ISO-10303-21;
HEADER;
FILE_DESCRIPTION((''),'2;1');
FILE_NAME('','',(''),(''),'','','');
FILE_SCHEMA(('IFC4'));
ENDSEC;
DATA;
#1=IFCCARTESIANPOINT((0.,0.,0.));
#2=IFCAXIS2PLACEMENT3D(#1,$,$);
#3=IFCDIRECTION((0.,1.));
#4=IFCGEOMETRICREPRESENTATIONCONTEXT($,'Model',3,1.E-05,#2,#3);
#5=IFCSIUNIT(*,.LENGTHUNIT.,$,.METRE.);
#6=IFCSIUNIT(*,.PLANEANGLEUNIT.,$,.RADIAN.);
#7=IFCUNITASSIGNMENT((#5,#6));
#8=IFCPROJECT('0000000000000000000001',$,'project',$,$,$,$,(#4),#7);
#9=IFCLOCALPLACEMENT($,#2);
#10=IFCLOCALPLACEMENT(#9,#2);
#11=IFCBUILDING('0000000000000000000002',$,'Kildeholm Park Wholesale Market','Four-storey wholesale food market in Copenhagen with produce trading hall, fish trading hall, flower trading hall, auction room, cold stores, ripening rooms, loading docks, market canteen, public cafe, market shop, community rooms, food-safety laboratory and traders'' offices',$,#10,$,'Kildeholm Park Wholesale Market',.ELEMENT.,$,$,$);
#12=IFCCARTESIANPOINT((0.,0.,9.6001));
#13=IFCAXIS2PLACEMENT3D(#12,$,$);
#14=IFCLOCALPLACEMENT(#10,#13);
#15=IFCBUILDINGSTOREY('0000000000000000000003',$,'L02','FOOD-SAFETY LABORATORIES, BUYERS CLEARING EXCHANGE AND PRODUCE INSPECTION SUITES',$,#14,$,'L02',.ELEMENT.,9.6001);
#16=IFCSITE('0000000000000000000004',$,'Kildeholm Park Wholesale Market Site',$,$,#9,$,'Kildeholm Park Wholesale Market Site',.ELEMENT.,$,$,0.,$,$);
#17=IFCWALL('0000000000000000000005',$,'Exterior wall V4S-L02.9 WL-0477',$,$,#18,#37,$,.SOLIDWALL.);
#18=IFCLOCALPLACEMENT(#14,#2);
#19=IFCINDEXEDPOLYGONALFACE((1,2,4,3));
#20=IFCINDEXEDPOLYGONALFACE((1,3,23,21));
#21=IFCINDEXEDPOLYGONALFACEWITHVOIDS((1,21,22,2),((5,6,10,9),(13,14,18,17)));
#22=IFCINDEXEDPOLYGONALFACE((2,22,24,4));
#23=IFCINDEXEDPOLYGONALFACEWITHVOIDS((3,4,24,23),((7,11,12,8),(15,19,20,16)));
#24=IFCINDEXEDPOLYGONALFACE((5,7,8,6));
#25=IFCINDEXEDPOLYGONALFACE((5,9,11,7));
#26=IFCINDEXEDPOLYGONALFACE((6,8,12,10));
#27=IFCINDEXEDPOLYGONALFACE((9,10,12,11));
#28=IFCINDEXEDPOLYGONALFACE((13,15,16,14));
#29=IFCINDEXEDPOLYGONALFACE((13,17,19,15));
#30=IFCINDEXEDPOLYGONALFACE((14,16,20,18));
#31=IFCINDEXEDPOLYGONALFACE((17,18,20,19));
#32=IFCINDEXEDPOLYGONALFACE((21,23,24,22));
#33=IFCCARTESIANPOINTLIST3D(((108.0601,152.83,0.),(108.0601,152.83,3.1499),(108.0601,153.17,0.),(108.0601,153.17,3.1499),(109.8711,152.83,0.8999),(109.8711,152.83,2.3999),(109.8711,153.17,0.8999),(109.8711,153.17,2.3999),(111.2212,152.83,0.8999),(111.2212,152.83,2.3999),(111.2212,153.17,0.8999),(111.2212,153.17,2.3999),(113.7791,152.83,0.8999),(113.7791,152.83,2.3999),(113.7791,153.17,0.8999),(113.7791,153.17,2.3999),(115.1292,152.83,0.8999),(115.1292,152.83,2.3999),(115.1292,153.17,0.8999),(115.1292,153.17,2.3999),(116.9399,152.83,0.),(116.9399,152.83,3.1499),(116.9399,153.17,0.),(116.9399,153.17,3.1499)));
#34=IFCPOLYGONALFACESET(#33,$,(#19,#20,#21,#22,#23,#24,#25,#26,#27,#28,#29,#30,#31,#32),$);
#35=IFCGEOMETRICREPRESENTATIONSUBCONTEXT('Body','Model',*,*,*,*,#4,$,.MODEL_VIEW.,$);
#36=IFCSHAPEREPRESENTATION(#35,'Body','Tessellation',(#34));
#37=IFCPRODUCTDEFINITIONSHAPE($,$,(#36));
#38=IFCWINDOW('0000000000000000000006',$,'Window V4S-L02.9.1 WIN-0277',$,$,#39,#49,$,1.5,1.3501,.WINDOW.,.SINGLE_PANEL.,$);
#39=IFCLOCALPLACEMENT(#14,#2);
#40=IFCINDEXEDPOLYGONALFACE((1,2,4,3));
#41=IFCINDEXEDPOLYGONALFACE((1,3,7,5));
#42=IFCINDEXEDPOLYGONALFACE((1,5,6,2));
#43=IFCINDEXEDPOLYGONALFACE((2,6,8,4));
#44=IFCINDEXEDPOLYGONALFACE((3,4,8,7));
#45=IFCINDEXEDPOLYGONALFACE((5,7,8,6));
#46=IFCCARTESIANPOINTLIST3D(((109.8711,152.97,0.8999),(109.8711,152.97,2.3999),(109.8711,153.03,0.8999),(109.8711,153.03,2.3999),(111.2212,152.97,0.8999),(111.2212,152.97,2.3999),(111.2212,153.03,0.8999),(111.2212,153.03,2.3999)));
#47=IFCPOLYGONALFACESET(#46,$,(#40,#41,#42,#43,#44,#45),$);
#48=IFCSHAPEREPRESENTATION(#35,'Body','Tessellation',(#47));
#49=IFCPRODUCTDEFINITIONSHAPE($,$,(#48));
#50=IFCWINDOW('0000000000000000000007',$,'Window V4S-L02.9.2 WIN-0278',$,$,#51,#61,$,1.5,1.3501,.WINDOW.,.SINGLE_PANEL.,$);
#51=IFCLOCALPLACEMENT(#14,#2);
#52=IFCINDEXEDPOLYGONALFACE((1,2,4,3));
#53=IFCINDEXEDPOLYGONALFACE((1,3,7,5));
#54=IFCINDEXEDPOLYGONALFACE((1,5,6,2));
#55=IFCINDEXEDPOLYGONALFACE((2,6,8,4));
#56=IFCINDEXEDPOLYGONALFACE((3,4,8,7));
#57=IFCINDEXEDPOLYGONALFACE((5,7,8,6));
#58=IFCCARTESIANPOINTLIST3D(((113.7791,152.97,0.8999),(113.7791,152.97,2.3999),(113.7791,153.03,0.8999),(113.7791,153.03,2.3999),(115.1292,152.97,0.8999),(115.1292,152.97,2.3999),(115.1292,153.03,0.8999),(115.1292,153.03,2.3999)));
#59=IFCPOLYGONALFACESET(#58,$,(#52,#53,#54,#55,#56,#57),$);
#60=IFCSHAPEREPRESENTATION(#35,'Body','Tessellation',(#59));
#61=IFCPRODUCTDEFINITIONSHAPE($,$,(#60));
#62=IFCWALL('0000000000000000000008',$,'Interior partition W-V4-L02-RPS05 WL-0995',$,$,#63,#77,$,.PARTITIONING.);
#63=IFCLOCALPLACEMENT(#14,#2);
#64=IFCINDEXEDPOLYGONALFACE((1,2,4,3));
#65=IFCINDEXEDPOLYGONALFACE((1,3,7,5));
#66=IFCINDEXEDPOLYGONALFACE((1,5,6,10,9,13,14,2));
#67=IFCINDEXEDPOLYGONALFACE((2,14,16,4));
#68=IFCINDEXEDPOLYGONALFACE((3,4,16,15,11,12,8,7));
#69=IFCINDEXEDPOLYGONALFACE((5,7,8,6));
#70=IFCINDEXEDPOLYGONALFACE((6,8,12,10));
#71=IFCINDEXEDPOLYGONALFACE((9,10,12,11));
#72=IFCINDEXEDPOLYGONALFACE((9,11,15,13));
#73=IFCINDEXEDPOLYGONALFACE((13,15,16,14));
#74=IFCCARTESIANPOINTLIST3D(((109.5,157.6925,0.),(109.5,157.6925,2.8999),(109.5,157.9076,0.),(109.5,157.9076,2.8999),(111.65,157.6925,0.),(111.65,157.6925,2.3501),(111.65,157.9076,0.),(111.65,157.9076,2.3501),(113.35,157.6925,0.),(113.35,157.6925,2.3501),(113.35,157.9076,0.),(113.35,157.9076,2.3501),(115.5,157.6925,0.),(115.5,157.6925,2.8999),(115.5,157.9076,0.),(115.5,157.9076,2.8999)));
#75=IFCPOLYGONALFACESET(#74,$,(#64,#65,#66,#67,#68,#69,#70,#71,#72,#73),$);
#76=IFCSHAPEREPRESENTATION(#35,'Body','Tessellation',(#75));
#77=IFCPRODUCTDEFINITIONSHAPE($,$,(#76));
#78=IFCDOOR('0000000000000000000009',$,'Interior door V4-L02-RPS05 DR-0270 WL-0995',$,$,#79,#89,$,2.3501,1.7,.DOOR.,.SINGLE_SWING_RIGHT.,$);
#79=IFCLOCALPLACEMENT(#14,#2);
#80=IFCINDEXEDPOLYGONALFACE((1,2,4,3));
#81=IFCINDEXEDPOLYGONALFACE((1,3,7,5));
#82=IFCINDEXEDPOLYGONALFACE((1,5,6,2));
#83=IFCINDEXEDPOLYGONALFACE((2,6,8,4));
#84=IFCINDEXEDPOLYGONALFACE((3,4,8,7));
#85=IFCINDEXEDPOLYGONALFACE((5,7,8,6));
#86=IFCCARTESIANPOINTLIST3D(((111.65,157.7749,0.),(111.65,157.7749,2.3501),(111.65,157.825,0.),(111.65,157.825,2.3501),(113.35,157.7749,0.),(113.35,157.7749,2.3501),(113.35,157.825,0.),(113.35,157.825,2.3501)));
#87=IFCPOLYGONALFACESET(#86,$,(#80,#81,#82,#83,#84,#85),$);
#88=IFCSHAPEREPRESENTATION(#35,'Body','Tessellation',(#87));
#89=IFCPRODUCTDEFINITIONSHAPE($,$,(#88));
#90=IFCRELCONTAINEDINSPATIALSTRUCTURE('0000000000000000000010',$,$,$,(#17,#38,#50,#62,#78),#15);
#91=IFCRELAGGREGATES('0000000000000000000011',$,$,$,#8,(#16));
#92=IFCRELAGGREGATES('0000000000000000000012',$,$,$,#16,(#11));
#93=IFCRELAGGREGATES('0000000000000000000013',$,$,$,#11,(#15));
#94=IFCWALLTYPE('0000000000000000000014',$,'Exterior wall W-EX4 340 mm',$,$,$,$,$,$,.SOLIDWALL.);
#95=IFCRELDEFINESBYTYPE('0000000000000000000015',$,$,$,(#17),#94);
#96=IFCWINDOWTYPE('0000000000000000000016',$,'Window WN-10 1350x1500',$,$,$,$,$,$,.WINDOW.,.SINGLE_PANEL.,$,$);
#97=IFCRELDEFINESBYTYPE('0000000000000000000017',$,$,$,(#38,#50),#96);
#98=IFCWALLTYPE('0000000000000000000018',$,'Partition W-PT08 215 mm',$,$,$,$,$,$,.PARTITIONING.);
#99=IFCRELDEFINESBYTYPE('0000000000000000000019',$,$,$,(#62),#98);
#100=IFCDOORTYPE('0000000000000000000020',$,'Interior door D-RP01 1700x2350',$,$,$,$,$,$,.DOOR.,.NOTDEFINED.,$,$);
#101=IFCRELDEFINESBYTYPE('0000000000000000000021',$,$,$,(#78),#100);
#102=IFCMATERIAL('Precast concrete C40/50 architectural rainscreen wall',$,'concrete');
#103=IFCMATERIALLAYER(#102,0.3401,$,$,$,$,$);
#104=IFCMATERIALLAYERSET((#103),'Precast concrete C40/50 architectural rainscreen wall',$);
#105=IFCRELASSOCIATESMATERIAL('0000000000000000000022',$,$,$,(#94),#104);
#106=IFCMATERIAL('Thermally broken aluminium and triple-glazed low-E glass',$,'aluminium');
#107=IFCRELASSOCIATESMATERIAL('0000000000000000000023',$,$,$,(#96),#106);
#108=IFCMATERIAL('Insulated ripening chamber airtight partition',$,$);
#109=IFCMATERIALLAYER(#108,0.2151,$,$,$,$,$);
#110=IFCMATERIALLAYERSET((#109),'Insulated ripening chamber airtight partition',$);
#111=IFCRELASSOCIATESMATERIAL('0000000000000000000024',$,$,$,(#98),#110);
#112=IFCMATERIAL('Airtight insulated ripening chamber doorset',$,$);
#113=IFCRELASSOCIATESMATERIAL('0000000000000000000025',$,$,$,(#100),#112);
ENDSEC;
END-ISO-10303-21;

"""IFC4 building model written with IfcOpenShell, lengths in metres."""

from ifc_helpers import new_model, si_unit, direction, frame, frame_2d, origin, place, context, subcontext, project, spatial, rectangle, extrude, material, layer, layer_set, type_object, element, fill, save


model = new_model("IFC4")

# Units and contexts
model_context = context("Model", 3, precision=1e-05, world=origin(), true_north=direction((0.0, 1.0)))
body_context = subcontext(model_context, "Body", "Model", "MODEL_VIEW")
ifc_project = project(units=[si_unit("LENGTHUNIT", "METRE"), si_unit("PLANEANGLEUNIT", "RADIAN")], contexts=[model_context])

# Site, building, storey
site_placement = place(None, origin())
site = spatial("IfcSite", under=ifc_project, at=site_placement, Name="Kildeholm Park Wholesale Market Site", LongName="Kildeholm Park Wholesale Market Site", CompositionType="ELEMENT", RefElevation=0.0)
building_placement = place(site_placement, origin())
building = spatial("IfcBuilding", under=site, at=building_placement, Name="Kildeholm Park Wholesale Market", Description="Four-storey wholesale food market in Copenhagen with produce trading hall, fish trading hall, flower trading hall, auction room, cold stores, ripening rooms, loading docks, market canteen, public cafe, market shop, community rooms, food-safety laboratory and traders' offices", LongName="Kildeholm Park Wholesale Market", CompositionType="ELEMENT")
storey_placement = place(building_placement, frame((0.0, 0.0, 9.6001)))
storey = spatial("IfcBuildingStorey", under=building, at=storey_placement, Name="L02", Description="FOOD-SAFETY LABORATORIES, BUYERS CLEARING EXCHANGE AND PRODUCE INSPECTION SUITES", LongName="L02", CompositionType="ELEMENT", Elevation=9.6001)

# Wall, openings, windows
ifc_material_1 = material(Name="Precast concrete C40/50 architectural rainscreen wall", Category="concrete")
ifc_layer_1 = layer(ifc_material_1, 0.3401)
ifc_layer_set_1 = layer_set([ifc_layer_1], Name="Precast concrete C40/50 architectural rainscreen wall")
wall_type_1 = type_object("IfcWallType", Name="Exterior wall W-EX4 340 mm", PredefinedType="SOLIDWALL", material=ifc_layer_set_1)
ifc_material_2 = material(Name="Thermally broken aluminium and triple-glazed low-E glass", Category="aluminium")
wall_1_placement = place(storey_placement, frame((108.0601, 153.0, 0.0), z_axis=(0.0, 0.0, 1.0), x_axis=(1.0, 0.0, 0.0)))
wall_1 = element("IfcWall", 1, at=wall_1_placement, inside=storey, type_object=wall_type_1, Name="Exterior wall V4S-L02.9 WL-0477", PredefinedType="SOLIDWALL", context=body_context, shape_type="SweptSolid", body=[
    extrude(rectangle(XDim=8.8799, YDim=0.3401, at=frame_2d((4.4399, 0.0))), origin(), (0.0, 0.0, 1.0), 3.1499),
])
opening_1_placement = place(wall_1_placement, frame((1.811, 0.0, 0.8999)))
opening_1 = element("IfcOpeningElement", 2, at=opening_1_placement, cuts=wall_1, PredefinedType="OPENING", context=body_context, shape_type="SweptSolid", body=[
    extrude(rectangle(XDim=1.3501, YDim=1.5, at=frame_2d((0.675, 0.75))), frame((0.0, 0.1799, 0.0), z_axis=(0.0, -1.0, 0.0), x_axis=(1.0, 0.0, 0.0)), (0.0, 0.0, 1.0), 0.3601),
])
opening_2_placement = place(wall_1_placement, frame((5.719, 0.0, 0.8999)))
opening_2 = element("IfcOpeningElement", 3, at=opening_2_placement, cuts=wall_1, PredefinedType="OPENING", context=body_context, shape_type="SweptSolid", body=[
    extrude(rectangle(XDim=1.3501, YDim=1.5, at=frame_2d((0.675, 0.75))), frame((0.0, 0.1799, 0.0), z_axis=(0.0, -1.0, 0.0), x_axis=(1.0, 0.0, 0.0)), (0.0, 0.0, 1.0), 0.3601),
])
window_type_1 = type_object("IfcWindowType", Name="Window WN-10 1350x1500", PartitioningType="SINGLE_PANEL", PredefinedType="WINDOW", material=ifc_material_2)
window_1_placement = place(opening_1_placement, origin())
window_1 = element("IfcWindow", 4, at=window_1_placement, inside=storey, type_object=window_type_1, Name="Window V4S-L02.9.1 WIN-0277", OverallHeight=1.5, OverallWidth=1.3501, PartitioningType="SINGLE_PANEL", PredefinedType="WINDOW", context=body_context, shape_type="SweptSolid", body=[
    extrude(rectangle(XDim=1.3501, YDim=1.5, at=frame_2d((0.675, 0.75))), frame((0.0, 0.03, 0.0), z_axis=(0.0, -1.0, 0.0), x_axis=(1.0, 0.0, 0.0)), (0.0, 0.0, 1.0), 0.0601),
])
fill(opening_1, window_1)
window_2_placement = place(opening_2_placement, origin())
window_2 = element("IfcWindow", 5, at=window_2_placement, inside=storey, type_object=window_type_1, Name="Window V4S-L02.9.2 WIN-0278", OverallHeight=1.5, OverallWidth=1.3501, PartitioningType="SINGLE_PANEL", PredefinedType="WINDOW", context=body_context, shape_type="SweptSolid", body=[
    extrude(rectangle(XDim=1.3501, YDim=1.5, at=frame_2d((0.675, 0.75))), frame((0.0, 0.03, 0.0), z_axis=(0.0, -1.0, 0.0), x_axis=(1.0, 0.0, 0.0)), (0.0, 0.0, 1.0), 0.0601),
])
fill(opening_2, window_2)

# Wall, opening, door
ifc_material_3 = material(Name="Insulated ripening chamber airtight partition")
ifc_layer_2 = layer(ifc_material_3, 0.2151)
ifc_layer_set_2 = layer_set([ifc_layer_2], Name="Insulated ripening chamber airtight partition")
wall_type_2 = type_object("IfcWallType", Name="Partition W-PT08 215 mm", PredefinedType="PARTITIONING", material=ifc_layer_set_2)
wall_2_placement = place(storey_placement, frame((109.5, 157.8, 0.0), z_axis=(0.0, 0.0, 1.0), x_axis=(1.0, 0.0, 0.0)))
wall_2 = element("IfcWall", 6, at=wall_2_placement, inside=storey, type_object=wall_type_2, Name="Interior partition W-V4-L02-RPS05 WL-0995", PredefinedType="PARTITIONING", context=body_context, shape_type="SweptSolid", body=[
    extrude(rectangle(XDim=6.0, YDim=0.2151, at=frame_2d((3.0, 0.0))), origin(), (0.0, 0.0, 1.0), 2.8999),
])
opening_3_placement = place(wall_2_placement, frame((2.1499, 0.0, 0.0)))
opening_3 = element("IfcOpeningElement", 7, at=opening_3_placement, cuts=wall_2, PredefinedType="OPENING", context=body_context, shape_type="SweptSolid", body=[
    extrude(rectangle(XDim=1.7, YDim=2.3501, at=frame_2d((0.8501, 1.175))), frame((0.0, 0.1174, 0.0), z_axis=(0.0, -1.0, 0.0), x_axis=(1.0, 0.0, 0.0)), (0.0, 0.0, 1.0), 0.2351),
])
ifc_material_4 = material(Name="Airtight insulated ripening chamber doorset")
door_type = type_object("IfcDoorType", Name="Interior door D-RP01 1700x2350", OperationType="NOTDEFINED", PredefinedType="DOOR", material=ifc_material_4)
door_placement = place(opening_3_placement, origin())
door = element("IfcDoor", 8, at=door_placement, inside=storey, type_object=door_type, Name="Interior door V4-L02-RPS05 DR-0270 WL-0995", OperationType="SINGLE_SWING_RIGHT", OverallHeight=2.3501, OverallWidth=1.7, PredefinedType="DOOR", context=body_context, shape_type="SweptSolid", body=[
    extrude(rectangle(XDim=1.7, YDim=2.3501, at=frame_2d((0.8501, 1.175))), frame((0.0, 0.0249, 0.0), z_axis=(0.0, -1.0, 0.0), x_axis=(1.0, 0.0, 0.0)), (0.0, 0.0, 1.0), 0.05),
])
fill(opening_3, door)

save(model, "model.ifc")
